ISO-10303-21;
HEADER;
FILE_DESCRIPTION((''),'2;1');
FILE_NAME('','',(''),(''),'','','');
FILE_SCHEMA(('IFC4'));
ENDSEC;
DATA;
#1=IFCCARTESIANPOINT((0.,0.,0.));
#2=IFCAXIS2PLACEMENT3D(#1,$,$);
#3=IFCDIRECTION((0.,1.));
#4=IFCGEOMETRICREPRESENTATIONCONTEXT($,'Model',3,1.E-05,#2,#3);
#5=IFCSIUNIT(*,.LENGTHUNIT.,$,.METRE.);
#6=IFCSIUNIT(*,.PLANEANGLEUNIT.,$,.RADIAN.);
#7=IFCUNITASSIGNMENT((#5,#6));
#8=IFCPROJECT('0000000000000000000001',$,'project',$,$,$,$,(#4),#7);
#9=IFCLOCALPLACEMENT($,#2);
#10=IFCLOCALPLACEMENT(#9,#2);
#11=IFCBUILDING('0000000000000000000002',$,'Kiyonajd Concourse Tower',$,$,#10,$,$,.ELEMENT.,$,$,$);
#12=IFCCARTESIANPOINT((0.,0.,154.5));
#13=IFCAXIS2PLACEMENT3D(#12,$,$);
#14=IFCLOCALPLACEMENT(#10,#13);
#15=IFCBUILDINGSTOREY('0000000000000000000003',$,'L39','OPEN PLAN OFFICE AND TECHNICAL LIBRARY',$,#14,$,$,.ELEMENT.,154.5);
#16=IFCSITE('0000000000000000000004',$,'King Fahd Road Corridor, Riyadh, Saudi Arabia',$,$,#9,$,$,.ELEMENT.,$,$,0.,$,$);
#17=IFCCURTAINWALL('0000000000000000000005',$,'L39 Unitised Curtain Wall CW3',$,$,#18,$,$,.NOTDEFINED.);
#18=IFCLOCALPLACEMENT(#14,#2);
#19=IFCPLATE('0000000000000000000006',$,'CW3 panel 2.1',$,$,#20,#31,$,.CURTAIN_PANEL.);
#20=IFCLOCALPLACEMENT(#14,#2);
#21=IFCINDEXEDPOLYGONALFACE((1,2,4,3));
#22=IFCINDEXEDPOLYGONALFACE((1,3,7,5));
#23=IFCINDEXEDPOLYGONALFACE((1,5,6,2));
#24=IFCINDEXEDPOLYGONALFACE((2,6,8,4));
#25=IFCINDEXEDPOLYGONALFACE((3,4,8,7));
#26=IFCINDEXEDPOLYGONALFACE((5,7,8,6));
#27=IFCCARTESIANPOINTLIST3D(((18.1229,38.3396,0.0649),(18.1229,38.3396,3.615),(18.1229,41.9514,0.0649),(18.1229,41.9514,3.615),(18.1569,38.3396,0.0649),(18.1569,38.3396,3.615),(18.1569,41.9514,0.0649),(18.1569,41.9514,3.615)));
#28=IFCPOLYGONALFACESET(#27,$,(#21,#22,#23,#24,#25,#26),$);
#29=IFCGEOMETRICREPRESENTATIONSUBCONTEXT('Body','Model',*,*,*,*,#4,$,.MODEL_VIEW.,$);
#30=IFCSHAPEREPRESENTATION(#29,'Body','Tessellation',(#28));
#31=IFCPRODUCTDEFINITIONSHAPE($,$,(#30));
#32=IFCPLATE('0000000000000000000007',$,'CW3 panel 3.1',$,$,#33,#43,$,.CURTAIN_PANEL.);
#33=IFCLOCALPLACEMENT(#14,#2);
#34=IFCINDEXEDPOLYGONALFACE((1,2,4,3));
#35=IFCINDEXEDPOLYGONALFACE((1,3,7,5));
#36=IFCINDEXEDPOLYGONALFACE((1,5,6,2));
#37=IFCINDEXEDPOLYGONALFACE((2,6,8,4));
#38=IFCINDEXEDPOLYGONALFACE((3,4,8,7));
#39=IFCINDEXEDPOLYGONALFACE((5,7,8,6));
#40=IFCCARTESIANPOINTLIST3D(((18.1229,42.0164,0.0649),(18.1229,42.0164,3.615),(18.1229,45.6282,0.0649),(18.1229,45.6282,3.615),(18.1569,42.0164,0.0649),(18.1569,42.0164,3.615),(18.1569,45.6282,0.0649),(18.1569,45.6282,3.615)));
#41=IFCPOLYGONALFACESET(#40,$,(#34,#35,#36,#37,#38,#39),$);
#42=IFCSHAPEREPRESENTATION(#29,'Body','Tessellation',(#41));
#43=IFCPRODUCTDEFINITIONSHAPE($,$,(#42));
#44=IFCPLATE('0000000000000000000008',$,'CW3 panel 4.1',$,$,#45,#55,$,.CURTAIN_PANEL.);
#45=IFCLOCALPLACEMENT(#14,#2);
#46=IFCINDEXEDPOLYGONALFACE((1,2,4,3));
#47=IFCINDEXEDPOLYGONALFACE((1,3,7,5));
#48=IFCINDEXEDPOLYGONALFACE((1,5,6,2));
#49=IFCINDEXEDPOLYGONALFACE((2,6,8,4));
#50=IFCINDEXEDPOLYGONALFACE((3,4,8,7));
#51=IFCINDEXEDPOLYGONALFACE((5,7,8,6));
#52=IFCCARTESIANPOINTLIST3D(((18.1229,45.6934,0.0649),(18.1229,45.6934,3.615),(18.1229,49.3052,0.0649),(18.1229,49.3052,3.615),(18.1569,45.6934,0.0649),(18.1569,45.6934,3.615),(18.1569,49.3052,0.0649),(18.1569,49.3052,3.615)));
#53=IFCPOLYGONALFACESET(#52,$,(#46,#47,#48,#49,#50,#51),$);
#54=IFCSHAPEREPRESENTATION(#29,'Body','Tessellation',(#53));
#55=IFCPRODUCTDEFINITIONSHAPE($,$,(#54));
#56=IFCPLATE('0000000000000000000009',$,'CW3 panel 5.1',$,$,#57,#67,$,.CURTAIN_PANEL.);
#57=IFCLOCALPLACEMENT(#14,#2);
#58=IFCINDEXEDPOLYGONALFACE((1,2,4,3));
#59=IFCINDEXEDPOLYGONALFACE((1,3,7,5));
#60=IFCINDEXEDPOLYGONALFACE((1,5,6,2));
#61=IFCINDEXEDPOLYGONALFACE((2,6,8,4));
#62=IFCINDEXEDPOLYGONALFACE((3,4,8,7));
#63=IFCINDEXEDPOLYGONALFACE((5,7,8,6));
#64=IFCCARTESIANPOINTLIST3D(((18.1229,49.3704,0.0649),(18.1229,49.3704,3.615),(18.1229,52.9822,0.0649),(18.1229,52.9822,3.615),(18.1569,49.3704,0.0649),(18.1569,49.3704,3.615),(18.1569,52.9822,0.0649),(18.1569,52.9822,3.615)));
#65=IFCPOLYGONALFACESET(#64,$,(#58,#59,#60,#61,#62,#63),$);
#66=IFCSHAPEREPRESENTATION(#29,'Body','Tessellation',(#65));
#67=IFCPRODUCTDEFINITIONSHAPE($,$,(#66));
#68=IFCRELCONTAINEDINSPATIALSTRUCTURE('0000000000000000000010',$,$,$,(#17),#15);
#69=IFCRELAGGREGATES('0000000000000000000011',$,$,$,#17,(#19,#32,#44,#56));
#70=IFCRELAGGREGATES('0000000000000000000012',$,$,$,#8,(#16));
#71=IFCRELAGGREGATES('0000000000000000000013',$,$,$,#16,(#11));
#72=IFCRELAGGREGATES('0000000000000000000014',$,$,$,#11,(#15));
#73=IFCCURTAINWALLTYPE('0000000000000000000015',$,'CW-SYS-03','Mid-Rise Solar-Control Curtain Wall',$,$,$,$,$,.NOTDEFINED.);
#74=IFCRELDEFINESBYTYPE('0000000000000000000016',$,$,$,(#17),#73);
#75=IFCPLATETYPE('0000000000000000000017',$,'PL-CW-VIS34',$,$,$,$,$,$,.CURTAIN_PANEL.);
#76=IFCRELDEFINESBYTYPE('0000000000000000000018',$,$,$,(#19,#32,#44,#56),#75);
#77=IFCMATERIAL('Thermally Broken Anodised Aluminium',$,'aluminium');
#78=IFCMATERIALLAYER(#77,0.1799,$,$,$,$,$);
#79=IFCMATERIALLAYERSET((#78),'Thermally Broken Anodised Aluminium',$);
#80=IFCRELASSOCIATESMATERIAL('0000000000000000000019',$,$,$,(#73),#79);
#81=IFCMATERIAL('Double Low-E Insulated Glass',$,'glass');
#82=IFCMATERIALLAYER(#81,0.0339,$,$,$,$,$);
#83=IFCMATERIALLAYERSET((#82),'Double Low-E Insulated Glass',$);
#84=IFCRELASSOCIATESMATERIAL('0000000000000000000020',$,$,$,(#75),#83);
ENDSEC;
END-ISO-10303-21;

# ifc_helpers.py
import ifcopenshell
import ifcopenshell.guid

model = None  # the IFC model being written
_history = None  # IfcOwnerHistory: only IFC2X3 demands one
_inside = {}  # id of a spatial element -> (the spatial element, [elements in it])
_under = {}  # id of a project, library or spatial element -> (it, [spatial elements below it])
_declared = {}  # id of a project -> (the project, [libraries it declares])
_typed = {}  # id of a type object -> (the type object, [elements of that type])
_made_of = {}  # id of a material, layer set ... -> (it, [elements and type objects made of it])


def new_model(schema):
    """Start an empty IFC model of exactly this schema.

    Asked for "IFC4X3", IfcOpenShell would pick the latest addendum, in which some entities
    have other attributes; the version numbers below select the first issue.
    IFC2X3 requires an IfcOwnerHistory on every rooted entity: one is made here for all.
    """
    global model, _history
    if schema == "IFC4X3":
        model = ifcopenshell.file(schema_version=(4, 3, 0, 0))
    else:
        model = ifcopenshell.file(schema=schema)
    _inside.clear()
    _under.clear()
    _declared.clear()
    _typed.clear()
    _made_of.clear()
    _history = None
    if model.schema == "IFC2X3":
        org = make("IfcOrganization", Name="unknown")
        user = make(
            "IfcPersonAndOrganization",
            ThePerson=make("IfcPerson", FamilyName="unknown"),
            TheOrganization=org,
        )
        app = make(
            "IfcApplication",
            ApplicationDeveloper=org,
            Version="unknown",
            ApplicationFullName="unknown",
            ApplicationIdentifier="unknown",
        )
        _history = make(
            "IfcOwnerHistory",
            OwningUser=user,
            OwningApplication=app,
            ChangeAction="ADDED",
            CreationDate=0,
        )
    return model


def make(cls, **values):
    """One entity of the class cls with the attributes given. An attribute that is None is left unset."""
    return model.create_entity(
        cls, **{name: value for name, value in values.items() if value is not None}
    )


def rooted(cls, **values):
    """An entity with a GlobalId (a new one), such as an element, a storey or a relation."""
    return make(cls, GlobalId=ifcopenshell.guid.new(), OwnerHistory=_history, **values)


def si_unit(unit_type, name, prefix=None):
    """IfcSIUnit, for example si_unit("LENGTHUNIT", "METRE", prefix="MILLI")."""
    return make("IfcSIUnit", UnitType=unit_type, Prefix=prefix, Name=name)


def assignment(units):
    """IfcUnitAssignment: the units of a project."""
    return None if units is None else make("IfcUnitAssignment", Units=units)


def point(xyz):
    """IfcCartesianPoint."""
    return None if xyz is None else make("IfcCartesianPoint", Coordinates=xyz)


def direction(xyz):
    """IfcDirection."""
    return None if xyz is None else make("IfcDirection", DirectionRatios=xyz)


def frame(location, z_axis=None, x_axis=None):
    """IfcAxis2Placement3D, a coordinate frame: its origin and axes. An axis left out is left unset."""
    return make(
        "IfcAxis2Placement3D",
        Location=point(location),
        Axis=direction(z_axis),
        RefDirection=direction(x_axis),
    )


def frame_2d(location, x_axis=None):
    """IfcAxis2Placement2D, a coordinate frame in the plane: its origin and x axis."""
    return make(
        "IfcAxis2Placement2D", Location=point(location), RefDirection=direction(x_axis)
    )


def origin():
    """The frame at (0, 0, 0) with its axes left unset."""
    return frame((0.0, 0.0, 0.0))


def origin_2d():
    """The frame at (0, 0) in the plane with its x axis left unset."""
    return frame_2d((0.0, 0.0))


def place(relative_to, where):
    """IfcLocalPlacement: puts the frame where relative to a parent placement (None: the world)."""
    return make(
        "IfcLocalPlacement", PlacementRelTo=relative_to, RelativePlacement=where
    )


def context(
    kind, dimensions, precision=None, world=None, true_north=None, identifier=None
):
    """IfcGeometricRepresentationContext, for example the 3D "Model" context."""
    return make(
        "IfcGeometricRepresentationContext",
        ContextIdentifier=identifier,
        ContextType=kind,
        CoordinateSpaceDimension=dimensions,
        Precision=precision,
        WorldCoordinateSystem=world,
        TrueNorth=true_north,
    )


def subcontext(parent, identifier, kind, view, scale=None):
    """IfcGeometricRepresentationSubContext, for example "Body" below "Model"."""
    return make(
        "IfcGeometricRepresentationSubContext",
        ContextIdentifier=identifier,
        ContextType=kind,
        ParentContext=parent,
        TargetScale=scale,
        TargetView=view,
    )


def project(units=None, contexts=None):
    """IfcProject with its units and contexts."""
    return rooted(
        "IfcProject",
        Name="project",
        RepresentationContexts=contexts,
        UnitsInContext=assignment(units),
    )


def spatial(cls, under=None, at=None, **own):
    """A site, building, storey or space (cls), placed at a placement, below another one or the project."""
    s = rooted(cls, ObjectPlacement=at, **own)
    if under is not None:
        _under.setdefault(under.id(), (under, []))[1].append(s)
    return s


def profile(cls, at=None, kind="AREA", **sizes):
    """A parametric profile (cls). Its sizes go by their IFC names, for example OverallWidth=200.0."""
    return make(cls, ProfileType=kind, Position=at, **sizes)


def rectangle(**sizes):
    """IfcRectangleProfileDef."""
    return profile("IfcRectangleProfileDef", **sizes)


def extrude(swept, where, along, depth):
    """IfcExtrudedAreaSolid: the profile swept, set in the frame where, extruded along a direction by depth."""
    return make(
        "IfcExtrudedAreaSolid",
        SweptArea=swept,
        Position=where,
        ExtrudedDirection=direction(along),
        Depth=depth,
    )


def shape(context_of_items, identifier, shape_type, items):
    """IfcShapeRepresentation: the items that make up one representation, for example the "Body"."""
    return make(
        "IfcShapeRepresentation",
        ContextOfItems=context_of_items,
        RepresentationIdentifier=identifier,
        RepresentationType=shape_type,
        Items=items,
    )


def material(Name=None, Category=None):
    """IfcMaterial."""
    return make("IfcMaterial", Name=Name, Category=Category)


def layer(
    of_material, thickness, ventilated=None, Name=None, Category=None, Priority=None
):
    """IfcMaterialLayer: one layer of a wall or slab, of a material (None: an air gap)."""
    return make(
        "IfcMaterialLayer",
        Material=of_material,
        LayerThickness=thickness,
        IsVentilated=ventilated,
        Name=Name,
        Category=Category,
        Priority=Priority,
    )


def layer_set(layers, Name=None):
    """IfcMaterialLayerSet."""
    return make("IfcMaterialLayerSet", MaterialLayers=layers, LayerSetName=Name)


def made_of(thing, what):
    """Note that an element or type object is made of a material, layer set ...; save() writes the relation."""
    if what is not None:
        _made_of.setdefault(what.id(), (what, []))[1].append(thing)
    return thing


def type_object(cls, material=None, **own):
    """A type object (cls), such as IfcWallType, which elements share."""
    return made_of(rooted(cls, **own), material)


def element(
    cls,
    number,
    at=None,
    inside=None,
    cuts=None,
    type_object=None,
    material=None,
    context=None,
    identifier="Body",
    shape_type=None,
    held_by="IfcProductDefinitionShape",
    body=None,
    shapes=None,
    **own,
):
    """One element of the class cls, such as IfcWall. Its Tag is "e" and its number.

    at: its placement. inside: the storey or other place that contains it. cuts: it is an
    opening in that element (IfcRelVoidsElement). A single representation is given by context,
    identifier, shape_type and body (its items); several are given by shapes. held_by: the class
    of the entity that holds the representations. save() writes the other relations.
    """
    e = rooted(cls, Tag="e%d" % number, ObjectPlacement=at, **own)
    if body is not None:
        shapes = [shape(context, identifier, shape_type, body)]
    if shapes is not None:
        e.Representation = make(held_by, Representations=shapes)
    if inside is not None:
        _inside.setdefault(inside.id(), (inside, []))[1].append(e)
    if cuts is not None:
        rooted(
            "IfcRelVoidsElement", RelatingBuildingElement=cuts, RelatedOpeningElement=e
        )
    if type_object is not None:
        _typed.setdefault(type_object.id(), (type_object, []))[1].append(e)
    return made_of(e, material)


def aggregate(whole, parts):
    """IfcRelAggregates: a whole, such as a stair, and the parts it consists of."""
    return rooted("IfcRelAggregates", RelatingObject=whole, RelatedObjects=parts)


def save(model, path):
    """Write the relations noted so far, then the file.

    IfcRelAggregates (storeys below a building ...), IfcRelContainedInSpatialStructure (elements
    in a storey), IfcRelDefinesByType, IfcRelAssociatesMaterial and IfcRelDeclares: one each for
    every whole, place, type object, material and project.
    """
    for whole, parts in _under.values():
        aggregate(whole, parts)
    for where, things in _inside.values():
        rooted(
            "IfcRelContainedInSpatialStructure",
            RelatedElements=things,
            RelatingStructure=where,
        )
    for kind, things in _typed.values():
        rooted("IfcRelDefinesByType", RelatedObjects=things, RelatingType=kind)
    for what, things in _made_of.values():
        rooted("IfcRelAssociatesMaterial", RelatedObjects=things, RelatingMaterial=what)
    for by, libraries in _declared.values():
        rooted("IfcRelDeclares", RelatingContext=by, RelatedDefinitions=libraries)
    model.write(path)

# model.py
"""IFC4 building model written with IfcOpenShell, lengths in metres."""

from ifc_helpers import new_model, si_unit, direction, frame, origin, origin_2d, place, context, subcontext, project, spatial, rectangle, extrude, material, layer, layer_set, type_object, element, aggregate, save


model = new_model("IFC4")

# Units and contexts
model_context = context("Model", 3, precision=1e-05, world=origin(), true_north=direction((0.0, 1.0)))
body_context = subcontext(model_context, "Body", "Model", "MODEL_VIEW")
ifc_project = project(units=[si_unit("LENGTHUNIT", "METRE"), si_unit("PLANEANGLEUNIT", "RADIAN")], contexts=[model_context])

# Site, building, storey
site_placement = place(None, origin())
site = spatial("IfcSite", under=ifc_project, at=site_placement, Name="King Fahd Road Corridor, Riyadh, Saudi Arabia", CompositionType="ELEMENT", RefElevation=0.0)
building_placement = place(site_placement, origin())
building = spatial("IfcBuilding", under=site, at=building_placement, Name="Kiyonajd Concourse Tower", CompositionType="ELEMENT")
storey_placement = place(building_placement, frame((0.0, 0.0, 154.5)))
storey = spatial("IfcBuildingStorey", under=building, at=storey_placement, Name="L39", Description="OPEN PLAN OFFICE AND TECHNICAL LIBRARY", CompositionType="ELEMENT", Elevation=154.5)

# Curtain wall, plates
ifc_material_1 = material(Name="Thermally Broken Anodised Aluminium", Category="aluminium")
ifc_layer_1 = layer(ifc_material_1, 0.1799)
ifc_layer_set_1 = layer_set([ifc_layer_1], Name="Thermally Broken Anodised Aluminium")
curtain_wall_type = type_object("IfcCurtainWallType", Name="CW-SYS-03", Description="Mid-Rise Solar-Control Curtain Wall", PredefinedType="NOTDEFINED", material=ifc_layer_set_1)
curtain_wall_placement = place(storey_placement, origin())
curtain_wall = element("IfcCurtainWall", 1, at=curtain_wall_placement, inside=storey, type_object=curtain_wall_type, Name="L39 Unitised Curtain Wall CW3", PredefinedType="NOTDEFINED")
ifc_material_2 = material(Name="Double Low-E Insulated Glass", Category="glass")
ifc_layer_2 = layer(ifc_material_2, 0.0339)
ifc_layer_set_2 = layer_set([ifc_layer_2], Name="Double Low-E Insulated Glass")
plate_type = type_object("IfcPlateType", Name="PL-CW-VIS34", PredefinedType="CURTAIN_PANEL", material=ifc_layer_set_2)
plate_1_placement = place(storey_placement, frame((18.1399, 40.1455, 0.0649), z_axis=(0.0, 0.0, 1.0), x_axis=(0.0, 1.0, 0.0)))
plate_1 = element("IfcPlate", 2, at=plate_1_placement, type_object=plate_type, Name="CW3 panel 2.1", PredefinedType="CURTAIN_PANEL", context=body_context, shape_type="SweptSolid", body=[
    extrude(rectangle(XDim=3.6118, YDim=0.0339, at=origin_2d()), origin(), (0.0, 0.0, 1.0), 3.55),
])
plate_2_placement = place(storey_placement, frame((18.1399, 43.8223, 0.0649), z_axis=(0.0, 0.0, 1.0), x_axis=(0.0, 1.0, 0.0)))
plate_2 = element("IfcPlate", 3, at=plate_2_placement, type_object=plate_type, Name="CW3 panel 3.1", PredefinedType="CURTAIN_PANEL", context=body_context, shape_type="SweptSolid", body=[
    extrude(rectangle(XDim=3.6118, YDim=0.0339, at=origin_2d()), origin(), (0.0, 0.0, 1.0), 3.55),
])
plate_3_placement = place(storey_placement, frame((18.1399, 47.4993, 0.0649), z_axis=(0.0, 0.0, 1.0), x_axis=(0.0, 1.0, 0.0)))
plate_3 = element("IfcPlate", 4, at=plate_3_placement, type_object=plate_type, Name="CW3 panel 4.1", PredefinedType="CURTAIN_PANEL", context=body_context, shape_type="SweptSolid", body=[
    extrude(rectangle(XDim=3.6118, YDim=0.0339, at=origin_2d()), origin(), (0.0, 0.0, 1.0), 3.55),
])
plate_4_placement = place(storey_placement, frame((18.1399, 51.1763, 0.0649), z_axis=(0.0, 0.0, 1.0), x_axis=(0.0, 1.0, 0.0)))
plate_4 = element("IfcPlate", 5, at=plate_4_placement, type_object=plate_type, Name="CW3 panel 5.1", PredefinedType="CURTAIN_PANEL", context=body_context, shape_type="SweptSolid", body=[
    extrude(rectangle(XDim=3.6118, YDim=0.0339, at=origin_2d()), origin(), (0.0, 0.0, 1.0), 3.55),
])
aggregate(curtain_wall, [plate_1, plate_2, plate_3, plate_4])

save(model, "model.ifc")
